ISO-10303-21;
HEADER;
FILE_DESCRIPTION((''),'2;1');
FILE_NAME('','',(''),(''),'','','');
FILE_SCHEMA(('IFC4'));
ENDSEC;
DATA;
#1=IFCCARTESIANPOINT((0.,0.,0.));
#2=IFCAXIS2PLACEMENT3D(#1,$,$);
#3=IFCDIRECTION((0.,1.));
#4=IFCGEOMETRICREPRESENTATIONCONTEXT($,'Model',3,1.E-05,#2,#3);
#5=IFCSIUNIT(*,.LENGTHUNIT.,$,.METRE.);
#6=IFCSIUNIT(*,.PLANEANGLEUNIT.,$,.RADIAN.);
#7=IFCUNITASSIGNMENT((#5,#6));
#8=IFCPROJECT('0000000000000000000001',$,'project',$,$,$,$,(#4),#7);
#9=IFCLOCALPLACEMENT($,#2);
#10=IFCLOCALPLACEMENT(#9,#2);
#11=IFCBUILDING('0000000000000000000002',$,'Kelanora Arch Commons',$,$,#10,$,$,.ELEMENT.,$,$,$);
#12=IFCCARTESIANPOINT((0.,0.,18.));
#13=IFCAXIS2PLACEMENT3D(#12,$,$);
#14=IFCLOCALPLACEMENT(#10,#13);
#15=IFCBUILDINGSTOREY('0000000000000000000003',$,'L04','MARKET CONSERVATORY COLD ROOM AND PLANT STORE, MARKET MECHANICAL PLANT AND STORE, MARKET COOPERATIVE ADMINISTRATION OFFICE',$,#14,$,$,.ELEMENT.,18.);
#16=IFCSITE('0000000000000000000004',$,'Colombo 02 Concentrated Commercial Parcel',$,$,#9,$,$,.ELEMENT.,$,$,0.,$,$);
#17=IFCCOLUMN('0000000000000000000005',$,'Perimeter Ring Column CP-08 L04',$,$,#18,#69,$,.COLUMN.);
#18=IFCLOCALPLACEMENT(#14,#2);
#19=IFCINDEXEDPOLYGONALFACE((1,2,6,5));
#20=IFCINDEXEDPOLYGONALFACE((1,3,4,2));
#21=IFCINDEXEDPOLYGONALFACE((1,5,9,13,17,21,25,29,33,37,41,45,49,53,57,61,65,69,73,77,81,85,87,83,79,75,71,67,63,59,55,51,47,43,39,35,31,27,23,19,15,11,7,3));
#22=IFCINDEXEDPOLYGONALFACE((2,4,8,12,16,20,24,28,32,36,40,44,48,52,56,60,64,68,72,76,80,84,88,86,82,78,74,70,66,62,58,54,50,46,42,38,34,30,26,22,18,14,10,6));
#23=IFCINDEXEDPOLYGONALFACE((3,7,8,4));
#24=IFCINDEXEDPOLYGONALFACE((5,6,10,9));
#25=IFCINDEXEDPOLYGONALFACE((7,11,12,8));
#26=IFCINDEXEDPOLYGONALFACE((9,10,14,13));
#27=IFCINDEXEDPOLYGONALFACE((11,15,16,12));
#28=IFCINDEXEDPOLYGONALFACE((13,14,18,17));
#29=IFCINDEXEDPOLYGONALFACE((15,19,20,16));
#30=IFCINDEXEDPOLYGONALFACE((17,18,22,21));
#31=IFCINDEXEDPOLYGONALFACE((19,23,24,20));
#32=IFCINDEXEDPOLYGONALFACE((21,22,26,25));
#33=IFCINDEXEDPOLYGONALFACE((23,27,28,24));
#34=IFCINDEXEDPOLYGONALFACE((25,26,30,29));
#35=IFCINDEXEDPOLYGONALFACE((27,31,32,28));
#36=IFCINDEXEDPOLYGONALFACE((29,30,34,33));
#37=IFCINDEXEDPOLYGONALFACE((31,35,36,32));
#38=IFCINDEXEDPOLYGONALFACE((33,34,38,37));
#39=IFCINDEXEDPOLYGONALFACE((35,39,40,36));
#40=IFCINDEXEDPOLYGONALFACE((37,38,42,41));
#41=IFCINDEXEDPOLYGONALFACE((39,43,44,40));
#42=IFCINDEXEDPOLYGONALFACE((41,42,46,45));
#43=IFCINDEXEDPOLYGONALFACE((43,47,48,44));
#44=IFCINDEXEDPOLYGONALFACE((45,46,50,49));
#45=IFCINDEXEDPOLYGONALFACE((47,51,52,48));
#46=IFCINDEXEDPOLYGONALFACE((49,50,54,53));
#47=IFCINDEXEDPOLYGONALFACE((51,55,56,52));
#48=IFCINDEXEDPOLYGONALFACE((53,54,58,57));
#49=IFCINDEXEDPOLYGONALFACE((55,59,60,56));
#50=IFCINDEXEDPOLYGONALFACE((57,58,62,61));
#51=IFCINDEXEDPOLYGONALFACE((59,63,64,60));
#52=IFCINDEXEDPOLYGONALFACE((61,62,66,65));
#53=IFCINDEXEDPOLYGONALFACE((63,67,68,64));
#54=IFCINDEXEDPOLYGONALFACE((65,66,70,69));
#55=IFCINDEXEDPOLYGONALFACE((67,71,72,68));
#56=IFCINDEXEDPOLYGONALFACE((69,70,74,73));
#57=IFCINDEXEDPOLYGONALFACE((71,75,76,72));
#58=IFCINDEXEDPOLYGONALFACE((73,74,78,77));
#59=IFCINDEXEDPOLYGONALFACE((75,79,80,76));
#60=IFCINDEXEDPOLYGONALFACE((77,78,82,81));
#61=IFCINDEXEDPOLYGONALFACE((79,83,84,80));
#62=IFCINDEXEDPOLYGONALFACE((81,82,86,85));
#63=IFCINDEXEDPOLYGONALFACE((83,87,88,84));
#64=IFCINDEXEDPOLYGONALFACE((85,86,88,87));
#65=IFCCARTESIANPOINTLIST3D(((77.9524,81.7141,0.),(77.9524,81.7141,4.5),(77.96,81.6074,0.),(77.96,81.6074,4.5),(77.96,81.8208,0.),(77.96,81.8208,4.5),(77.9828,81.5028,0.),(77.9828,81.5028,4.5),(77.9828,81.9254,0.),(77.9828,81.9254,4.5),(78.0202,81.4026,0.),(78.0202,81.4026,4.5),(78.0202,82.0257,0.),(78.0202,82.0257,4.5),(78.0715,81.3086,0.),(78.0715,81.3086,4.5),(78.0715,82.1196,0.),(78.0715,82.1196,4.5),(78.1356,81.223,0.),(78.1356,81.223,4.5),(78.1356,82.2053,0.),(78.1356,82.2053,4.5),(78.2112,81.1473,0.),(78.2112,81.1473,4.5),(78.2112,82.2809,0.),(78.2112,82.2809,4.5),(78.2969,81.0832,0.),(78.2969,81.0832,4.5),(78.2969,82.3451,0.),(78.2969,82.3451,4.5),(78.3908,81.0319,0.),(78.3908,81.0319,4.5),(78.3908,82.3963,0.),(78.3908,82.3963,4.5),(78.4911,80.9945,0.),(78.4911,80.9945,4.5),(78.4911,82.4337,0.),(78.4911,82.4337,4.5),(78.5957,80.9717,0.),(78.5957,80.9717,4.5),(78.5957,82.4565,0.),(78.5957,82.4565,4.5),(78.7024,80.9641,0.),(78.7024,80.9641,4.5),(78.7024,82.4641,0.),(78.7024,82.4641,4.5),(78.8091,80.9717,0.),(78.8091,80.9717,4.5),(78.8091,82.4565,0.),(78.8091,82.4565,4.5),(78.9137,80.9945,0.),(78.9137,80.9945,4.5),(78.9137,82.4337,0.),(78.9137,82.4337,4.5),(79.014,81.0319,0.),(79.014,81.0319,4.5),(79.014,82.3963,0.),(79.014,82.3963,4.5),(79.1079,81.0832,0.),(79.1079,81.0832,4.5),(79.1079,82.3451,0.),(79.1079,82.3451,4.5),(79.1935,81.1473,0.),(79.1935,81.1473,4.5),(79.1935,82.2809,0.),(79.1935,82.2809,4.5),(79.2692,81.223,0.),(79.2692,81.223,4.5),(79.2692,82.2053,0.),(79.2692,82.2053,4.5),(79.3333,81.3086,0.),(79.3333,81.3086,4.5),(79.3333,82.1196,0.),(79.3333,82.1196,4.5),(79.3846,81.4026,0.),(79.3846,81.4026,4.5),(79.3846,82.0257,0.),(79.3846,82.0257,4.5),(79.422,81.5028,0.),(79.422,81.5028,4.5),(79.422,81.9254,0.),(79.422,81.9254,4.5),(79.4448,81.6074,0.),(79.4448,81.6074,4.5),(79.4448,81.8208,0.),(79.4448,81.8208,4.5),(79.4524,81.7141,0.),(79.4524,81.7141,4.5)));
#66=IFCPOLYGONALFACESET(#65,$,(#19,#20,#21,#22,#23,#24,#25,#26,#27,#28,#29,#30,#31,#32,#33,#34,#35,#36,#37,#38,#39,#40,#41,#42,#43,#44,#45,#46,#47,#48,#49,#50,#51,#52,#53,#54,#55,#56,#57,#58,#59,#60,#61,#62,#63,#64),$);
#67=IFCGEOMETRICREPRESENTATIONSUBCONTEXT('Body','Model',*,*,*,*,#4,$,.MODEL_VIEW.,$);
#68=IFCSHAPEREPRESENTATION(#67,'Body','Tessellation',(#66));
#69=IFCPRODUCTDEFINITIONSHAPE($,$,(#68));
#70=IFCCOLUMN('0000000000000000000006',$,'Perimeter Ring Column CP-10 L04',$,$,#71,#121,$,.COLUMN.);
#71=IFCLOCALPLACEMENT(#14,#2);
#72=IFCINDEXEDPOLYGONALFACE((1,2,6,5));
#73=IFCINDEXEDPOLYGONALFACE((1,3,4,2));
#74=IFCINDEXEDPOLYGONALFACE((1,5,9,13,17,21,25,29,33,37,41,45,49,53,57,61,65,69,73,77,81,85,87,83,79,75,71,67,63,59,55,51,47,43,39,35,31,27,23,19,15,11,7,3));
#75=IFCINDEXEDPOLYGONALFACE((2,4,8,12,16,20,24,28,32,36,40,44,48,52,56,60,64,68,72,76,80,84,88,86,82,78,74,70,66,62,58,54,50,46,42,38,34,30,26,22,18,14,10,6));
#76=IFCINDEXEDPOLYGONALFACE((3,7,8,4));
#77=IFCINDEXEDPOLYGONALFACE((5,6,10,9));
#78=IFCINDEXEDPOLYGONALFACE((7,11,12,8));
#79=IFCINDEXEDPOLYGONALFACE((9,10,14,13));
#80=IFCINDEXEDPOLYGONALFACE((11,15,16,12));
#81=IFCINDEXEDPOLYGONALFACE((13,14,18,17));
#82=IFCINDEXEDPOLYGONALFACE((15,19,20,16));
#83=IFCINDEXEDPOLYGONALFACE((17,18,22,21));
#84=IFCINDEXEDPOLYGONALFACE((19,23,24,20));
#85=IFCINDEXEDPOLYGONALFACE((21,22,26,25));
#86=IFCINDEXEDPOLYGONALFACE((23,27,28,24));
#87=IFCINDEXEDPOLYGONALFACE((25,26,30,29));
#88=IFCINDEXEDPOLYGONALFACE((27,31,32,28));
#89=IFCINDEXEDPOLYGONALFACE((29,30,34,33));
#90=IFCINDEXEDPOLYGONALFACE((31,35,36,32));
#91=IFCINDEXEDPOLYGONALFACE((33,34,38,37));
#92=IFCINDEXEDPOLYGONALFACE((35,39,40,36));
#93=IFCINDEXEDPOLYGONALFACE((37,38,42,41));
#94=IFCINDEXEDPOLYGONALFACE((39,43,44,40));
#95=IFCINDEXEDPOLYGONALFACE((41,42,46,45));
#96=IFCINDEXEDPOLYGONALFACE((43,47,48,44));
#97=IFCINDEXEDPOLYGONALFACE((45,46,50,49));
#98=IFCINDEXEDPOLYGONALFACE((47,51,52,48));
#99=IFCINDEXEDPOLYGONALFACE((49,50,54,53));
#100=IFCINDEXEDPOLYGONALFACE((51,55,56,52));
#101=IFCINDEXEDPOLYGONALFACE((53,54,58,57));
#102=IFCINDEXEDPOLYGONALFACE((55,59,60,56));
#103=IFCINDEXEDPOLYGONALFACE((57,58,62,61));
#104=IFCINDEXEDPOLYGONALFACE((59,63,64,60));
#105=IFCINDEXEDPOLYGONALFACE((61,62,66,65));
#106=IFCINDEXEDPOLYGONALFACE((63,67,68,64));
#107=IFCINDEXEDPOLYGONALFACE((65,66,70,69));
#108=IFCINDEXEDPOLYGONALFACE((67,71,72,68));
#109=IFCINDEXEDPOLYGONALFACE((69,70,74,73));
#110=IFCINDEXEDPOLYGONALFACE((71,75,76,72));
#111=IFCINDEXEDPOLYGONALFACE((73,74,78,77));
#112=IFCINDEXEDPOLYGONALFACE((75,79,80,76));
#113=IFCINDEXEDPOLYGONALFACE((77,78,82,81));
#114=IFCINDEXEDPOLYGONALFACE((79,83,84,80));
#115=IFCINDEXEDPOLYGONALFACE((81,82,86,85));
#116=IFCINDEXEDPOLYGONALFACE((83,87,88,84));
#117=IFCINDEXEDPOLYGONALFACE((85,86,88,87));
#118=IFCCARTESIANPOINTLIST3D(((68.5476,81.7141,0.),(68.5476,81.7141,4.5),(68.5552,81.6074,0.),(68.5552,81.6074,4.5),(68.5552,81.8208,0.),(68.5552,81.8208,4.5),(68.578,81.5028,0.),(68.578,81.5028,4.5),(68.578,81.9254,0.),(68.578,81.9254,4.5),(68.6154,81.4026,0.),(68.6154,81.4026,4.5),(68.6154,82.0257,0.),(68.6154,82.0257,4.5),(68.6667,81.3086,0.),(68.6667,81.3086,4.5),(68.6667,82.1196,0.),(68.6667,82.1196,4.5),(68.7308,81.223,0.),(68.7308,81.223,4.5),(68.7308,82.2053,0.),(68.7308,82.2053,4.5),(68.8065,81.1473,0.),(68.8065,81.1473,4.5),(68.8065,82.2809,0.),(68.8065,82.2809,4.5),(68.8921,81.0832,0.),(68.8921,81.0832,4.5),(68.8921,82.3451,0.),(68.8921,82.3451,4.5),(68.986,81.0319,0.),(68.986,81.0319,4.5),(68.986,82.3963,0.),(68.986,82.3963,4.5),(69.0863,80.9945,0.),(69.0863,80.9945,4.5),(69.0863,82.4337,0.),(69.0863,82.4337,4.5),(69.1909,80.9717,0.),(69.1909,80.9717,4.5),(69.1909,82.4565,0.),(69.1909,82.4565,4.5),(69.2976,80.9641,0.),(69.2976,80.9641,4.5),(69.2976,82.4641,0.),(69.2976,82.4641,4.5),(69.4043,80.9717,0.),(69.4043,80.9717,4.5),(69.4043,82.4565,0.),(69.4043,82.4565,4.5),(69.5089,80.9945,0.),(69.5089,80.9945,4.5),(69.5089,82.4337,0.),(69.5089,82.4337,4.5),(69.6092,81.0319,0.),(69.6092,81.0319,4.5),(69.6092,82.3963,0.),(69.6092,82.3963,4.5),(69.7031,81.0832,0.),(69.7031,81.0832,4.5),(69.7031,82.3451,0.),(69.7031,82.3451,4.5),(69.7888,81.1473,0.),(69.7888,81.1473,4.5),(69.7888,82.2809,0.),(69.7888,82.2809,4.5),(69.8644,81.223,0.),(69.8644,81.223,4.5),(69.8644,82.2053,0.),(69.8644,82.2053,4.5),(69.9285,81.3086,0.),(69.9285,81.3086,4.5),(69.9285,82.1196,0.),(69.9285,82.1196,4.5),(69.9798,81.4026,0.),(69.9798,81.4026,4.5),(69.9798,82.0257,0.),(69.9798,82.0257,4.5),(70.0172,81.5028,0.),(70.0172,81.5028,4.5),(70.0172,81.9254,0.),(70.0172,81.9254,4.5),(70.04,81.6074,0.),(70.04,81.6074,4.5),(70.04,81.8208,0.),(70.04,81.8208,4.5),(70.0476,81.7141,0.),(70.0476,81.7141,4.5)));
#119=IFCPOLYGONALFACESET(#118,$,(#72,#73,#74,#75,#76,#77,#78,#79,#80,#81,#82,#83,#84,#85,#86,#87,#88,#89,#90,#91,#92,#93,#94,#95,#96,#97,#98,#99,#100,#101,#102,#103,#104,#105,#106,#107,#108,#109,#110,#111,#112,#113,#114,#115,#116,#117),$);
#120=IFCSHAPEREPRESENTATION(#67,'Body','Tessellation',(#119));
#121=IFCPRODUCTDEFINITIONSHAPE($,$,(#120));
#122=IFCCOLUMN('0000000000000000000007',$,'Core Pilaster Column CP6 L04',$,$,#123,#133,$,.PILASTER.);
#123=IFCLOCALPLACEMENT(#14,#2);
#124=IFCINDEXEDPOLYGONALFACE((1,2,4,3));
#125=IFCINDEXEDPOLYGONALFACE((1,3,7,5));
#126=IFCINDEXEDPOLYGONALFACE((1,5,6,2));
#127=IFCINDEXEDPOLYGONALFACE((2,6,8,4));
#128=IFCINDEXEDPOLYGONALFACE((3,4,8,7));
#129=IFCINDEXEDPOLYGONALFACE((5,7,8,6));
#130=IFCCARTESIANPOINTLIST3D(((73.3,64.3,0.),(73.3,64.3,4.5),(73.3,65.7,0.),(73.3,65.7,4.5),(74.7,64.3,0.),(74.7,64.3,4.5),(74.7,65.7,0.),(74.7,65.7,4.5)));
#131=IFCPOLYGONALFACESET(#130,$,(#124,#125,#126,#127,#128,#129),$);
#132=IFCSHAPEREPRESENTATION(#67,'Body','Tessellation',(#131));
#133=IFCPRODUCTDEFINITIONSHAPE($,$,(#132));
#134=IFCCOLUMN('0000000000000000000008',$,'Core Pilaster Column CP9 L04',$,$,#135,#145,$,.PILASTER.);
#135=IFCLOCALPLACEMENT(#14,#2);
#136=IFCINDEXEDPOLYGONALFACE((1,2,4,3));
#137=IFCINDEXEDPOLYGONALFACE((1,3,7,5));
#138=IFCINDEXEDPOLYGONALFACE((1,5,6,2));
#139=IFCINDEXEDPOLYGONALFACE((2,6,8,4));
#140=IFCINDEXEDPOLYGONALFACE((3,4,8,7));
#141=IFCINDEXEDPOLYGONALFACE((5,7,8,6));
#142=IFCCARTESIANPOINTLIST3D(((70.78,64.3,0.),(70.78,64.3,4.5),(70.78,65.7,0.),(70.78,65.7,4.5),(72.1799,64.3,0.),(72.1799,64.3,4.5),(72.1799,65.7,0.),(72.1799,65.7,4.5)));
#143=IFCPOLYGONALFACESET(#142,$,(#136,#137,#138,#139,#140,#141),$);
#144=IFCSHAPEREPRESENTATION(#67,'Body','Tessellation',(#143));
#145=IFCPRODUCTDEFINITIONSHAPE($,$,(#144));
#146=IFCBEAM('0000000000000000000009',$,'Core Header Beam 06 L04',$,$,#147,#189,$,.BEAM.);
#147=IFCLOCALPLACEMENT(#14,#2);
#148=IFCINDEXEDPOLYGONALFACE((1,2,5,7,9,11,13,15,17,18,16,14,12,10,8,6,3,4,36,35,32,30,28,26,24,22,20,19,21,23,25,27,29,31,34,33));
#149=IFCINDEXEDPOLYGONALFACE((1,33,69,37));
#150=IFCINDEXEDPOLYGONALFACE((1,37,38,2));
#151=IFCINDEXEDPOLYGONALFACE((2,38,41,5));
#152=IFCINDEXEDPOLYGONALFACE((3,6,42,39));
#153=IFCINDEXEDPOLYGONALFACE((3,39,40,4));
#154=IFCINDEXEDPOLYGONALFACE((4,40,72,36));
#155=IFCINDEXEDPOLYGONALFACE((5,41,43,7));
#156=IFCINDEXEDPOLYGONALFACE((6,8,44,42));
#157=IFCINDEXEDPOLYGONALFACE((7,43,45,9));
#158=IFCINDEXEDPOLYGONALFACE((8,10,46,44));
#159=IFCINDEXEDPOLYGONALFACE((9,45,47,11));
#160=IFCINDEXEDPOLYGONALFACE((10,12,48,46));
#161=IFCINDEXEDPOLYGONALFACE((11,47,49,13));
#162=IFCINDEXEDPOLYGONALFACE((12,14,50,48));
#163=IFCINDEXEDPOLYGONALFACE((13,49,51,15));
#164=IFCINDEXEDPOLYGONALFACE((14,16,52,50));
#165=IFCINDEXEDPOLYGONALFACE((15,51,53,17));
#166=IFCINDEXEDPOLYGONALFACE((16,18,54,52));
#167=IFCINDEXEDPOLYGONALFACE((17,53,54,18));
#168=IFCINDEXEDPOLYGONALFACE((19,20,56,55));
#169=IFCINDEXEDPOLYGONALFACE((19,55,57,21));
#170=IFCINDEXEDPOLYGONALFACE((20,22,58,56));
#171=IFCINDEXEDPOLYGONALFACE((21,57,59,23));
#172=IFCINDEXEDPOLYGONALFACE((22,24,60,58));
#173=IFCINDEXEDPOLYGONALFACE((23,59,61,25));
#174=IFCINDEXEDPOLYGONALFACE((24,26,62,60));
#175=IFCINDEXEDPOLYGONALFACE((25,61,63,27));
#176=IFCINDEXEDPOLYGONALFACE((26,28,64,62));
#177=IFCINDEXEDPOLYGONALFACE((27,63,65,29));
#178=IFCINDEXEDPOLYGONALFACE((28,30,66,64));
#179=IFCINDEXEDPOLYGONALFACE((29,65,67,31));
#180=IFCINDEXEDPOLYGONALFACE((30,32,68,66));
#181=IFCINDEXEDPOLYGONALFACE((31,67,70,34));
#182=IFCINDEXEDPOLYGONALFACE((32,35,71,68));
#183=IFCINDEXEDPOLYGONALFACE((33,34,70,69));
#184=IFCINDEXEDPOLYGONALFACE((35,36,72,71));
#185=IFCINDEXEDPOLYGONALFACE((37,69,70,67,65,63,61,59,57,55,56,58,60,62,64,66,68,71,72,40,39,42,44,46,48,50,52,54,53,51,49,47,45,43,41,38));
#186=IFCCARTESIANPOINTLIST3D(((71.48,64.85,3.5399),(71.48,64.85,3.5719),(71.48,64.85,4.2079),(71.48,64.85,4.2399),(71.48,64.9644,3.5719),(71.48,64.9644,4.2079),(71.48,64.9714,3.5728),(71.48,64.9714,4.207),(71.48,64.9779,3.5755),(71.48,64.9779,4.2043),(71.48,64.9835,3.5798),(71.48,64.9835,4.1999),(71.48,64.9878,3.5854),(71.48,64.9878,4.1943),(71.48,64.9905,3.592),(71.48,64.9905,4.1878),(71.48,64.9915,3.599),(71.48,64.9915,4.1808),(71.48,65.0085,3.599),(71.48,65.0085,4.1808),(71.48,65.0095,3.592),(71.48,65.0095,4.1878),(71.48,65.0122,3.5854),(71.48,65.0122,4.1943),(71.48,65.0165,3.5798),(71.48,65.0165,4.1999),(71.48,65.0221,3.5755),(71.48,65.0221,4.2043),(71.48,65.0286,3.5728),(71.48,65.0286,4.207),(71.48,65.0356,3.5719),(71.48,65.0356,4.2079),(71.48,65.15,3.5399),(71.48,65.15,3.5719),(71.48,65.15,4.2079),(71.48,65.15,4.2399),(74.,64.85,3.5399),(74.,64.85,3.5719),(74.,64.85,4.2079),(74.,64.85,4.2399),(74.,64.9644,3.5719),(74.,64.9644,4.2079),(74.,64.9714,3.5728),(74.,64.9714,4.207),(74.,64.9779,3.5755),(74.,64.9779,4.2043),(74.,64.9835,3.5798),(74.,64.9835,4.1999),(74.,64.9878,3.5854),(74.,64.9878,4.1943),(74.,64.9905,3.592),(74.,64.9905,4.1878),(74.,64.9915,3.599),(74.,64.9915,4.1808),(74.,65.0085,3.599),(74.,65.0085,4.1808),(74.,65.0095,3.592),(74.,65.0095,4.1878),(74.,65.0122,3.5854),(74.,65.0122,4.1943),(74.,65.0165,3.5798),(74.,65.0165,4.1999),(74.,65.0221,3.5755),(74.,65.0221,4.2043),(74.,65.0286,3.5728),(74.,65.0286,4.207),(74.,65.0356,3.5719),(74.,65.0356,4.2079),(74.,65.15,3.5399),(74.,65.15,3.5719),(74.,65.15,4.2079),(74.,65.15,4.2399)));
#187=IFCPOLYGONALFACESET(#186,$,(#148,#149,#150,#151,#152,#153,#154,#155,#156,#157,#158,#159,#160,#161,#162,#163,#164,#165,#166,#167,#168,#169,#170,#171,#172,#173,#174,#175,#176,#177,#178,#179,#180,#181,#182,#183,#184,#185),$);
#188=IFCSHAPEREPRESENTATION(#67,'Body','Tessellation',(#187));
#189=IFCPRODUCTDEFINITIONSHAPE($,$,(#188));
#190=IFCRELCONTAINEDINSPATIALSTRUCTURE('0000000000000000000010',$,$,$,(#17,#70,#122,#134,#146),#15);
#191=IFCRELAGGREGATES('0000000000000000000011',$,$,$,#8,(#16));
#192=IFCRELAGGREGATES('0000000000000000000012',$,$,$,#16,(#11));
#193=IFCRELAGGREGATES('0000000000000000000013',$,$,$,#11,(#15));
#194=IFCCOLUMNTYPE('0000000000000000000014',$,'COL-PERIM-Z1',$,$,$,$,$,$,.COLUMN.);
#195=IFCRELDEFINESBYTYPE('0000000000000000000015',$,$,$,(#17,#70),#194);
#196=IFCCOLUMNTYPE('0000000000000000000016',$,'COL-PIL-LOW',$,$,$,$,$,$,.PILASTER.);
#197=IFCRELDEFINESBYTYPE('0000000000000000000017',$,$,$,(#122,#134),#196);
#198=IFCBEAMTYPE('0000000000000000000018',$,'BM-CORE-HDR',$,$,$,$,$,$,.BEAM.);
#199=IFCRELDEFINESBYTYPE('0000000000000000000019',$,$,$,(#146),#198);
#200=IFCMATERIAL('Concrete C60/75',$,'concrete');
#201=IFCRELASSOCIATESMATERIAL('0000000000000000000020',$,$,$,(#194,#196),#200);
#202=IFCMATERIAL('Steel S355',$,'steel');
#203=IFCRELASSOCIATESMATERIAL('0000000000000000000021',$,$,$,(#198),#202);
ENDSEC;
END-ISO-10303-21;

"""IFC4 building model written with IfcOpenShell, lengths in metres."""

from ifc_helpers import new_model, si_unit, direction, frame, origin, origin_2d, place, context, subcontext, project, spatial, rectangle, circle, i_section, extrude, material, material_profile, profile_set, type_object, element, save


model = new_model("IFC4")

# Units and contexts
model_context = context("Model", 3, precision=1e-05, world=origin(), true_north=direction((0.0, 1.0)))
body_context = subcontext(model_context, "Body", "Model", "MODEL_VIEW")
ifc_project = project(units=[si_unit("LENGTHUNIT", "METRE"), si_unit("PLANEANGLEUNIT", "RADIAN")], contexts=[model_context])

# Site, building, storey
site_placement = place(None, origin())
site = spatial("IfcSite", under=ifc_project, at=site_placement, Name="Colombo 02 Concentrated Commercial Parcel", CompositionType="ELEMENT", RefElevation=0.0)
building_placement = place(site_placement, origin())
building = spatial("IfcBuilding", under=site, at=building_placement, Name="Kelanora Arch Commons", CompositionType="ELEMENT")
storey_placement = place(building_placement, frame((0.0, 0.0, 18.0)))
storey = spatial("IfcBuildingStorey", under=building, at=storey_placement, Name="L04", Description="MARKET CONSERVATORY COLD ROOM AND PLANT STORE, MARKET MECHANICAL PLANT AND STORE, MARKET COOPERATIVE ADMINISTRATION OFFICE", CompositionType="ELEMENT", Elevation=18.0)

# Columns
ifc_material_1 = material(Name="Concrete C60/75", Category="concrete")
ifc_material_profile_1 = material_profile(ifc_material_1, circle(Radius=0.75, at=origin_2d()), Name="RCC1500")
ifc_profile_set_1 = profile_set([ifc_material_profile_1], Name="Concrete C60/75")
column_type_1 = type_object("IfcColumnType", Name="COL-PERIM-Z1", PredefinedType="COLUMN", material=ifc_profile_set_1)
for number, where, z_axis, x_axis, name in (
    (1, (78.7024, 81.7141, 0.0), (0.0, 0.0, 1.0), (1.0, 0.0, 0.0), "Perimeter Ring Column CP-08 L04"),
    (2, (69.2976, 81.7141, 0.0), (0.0, 0.0, 1.0), (1.0, 0.0, 0.0), "Perimeter Ring Column CP-10 L04"),
):
    element("IfcColumn", number, at=place(storey_placement, frame(where, z_axis=z_axis, x_axis=x_axis)), inside=storey, type_object=column_type_1, Name=name, PredefinedType="COLUMN", context=body_context, shape_type="SweptSolid", body=[
        extrude(circle(Radius=0.75, at=origin_2d()), origin(), (0.0, 0.0, 1.0), 4.5),
    ])
ifc_material_profile_2 = material_profile(ifc_material_1, rectangle(XDim=1.3999, YDim=1.3999, at=origin_2d()), Name="RC1400x1400")
ifc_profile_set_2 = profile_set([ifc_material_profile_2], Name="Concrete C60/75")
column_type_2 = type_object("IfcColumnType", Name="COL-PIL-LOW", PredefinedType="PILASTER", material=ifc_profile_set_2)
for number, where, z_axis, x_axis, name in (
    (3, (74.0, 65.0, 0.0), (0.0, 0.0, 1.0), (1.0, 0.0, 0.0), "Core Pilaster Column CP6 L04"),
    (4, (71.48, 65.0, 0.0), (0.0, 0.0, 1.0), (1.0, 0.0, 0.0), "Core Pilaster Column CP9 L04"),
):
    element("IfcColumn", number, at=place(storey_placement, frame(where, z_axis=z_axis, x_axis=x_axis)), inside=storey, type_object=column_type_2, Name=name, PredefinedType="PILASTER", context=body_context, shape_type="SweptSolid", body=[
        extrude(rectangle(XDim=1.3999, YDim=1.3999, at=origin_2d()), origin(), (0.0, 0.0, 1.0), 4.5),
    ])

# Beam
ifc_material_2 = material(Name="Steel S355", Category="steel")
ifc_material_profile_3 = material_profile(ifc_material_2, i_section(OverallWidth=0.3, OverallDepth=0.7, WebThickness=0.0171, FlangeThickness=0.032, FilletRadius=0.0271, at=origin_2d()), Name="HEB700")
ifc_profile_set_3 = profile_set([ifc_material_profile_3], Name="Steel S355")
beam_type_1 = type_object("IfcBeamType", Name="BM-CORE-HDR", PredefinedType="BEAM", material=ifc_profile_set_3)
beam_1_placement = place(storey_placement, frame((74.0, 65.0, 3.8899), z_axis=(-1.0, 0.0, 0.0), x_axis=(0.0, -1.0, 0.0)))
element("IfcBeam", 5, at=beam_1_placement, inside=storey, type_object=beam_type_1, Name="Core Header Beam 06 L04", PredefinedType="BEAM", context=body_context, shape_type="SweptSolid", body=[
    extrude(i_section(OverallWidth=0.3, OverallDepth=0.7, WebThickness=0.0171, FlangeThickness=0.032, FilletRadius=0.0271, at=origin_2d()), origin(), (0.0, 0.0, 1.0), 2.52),
])

save(model, "model.ifc")
